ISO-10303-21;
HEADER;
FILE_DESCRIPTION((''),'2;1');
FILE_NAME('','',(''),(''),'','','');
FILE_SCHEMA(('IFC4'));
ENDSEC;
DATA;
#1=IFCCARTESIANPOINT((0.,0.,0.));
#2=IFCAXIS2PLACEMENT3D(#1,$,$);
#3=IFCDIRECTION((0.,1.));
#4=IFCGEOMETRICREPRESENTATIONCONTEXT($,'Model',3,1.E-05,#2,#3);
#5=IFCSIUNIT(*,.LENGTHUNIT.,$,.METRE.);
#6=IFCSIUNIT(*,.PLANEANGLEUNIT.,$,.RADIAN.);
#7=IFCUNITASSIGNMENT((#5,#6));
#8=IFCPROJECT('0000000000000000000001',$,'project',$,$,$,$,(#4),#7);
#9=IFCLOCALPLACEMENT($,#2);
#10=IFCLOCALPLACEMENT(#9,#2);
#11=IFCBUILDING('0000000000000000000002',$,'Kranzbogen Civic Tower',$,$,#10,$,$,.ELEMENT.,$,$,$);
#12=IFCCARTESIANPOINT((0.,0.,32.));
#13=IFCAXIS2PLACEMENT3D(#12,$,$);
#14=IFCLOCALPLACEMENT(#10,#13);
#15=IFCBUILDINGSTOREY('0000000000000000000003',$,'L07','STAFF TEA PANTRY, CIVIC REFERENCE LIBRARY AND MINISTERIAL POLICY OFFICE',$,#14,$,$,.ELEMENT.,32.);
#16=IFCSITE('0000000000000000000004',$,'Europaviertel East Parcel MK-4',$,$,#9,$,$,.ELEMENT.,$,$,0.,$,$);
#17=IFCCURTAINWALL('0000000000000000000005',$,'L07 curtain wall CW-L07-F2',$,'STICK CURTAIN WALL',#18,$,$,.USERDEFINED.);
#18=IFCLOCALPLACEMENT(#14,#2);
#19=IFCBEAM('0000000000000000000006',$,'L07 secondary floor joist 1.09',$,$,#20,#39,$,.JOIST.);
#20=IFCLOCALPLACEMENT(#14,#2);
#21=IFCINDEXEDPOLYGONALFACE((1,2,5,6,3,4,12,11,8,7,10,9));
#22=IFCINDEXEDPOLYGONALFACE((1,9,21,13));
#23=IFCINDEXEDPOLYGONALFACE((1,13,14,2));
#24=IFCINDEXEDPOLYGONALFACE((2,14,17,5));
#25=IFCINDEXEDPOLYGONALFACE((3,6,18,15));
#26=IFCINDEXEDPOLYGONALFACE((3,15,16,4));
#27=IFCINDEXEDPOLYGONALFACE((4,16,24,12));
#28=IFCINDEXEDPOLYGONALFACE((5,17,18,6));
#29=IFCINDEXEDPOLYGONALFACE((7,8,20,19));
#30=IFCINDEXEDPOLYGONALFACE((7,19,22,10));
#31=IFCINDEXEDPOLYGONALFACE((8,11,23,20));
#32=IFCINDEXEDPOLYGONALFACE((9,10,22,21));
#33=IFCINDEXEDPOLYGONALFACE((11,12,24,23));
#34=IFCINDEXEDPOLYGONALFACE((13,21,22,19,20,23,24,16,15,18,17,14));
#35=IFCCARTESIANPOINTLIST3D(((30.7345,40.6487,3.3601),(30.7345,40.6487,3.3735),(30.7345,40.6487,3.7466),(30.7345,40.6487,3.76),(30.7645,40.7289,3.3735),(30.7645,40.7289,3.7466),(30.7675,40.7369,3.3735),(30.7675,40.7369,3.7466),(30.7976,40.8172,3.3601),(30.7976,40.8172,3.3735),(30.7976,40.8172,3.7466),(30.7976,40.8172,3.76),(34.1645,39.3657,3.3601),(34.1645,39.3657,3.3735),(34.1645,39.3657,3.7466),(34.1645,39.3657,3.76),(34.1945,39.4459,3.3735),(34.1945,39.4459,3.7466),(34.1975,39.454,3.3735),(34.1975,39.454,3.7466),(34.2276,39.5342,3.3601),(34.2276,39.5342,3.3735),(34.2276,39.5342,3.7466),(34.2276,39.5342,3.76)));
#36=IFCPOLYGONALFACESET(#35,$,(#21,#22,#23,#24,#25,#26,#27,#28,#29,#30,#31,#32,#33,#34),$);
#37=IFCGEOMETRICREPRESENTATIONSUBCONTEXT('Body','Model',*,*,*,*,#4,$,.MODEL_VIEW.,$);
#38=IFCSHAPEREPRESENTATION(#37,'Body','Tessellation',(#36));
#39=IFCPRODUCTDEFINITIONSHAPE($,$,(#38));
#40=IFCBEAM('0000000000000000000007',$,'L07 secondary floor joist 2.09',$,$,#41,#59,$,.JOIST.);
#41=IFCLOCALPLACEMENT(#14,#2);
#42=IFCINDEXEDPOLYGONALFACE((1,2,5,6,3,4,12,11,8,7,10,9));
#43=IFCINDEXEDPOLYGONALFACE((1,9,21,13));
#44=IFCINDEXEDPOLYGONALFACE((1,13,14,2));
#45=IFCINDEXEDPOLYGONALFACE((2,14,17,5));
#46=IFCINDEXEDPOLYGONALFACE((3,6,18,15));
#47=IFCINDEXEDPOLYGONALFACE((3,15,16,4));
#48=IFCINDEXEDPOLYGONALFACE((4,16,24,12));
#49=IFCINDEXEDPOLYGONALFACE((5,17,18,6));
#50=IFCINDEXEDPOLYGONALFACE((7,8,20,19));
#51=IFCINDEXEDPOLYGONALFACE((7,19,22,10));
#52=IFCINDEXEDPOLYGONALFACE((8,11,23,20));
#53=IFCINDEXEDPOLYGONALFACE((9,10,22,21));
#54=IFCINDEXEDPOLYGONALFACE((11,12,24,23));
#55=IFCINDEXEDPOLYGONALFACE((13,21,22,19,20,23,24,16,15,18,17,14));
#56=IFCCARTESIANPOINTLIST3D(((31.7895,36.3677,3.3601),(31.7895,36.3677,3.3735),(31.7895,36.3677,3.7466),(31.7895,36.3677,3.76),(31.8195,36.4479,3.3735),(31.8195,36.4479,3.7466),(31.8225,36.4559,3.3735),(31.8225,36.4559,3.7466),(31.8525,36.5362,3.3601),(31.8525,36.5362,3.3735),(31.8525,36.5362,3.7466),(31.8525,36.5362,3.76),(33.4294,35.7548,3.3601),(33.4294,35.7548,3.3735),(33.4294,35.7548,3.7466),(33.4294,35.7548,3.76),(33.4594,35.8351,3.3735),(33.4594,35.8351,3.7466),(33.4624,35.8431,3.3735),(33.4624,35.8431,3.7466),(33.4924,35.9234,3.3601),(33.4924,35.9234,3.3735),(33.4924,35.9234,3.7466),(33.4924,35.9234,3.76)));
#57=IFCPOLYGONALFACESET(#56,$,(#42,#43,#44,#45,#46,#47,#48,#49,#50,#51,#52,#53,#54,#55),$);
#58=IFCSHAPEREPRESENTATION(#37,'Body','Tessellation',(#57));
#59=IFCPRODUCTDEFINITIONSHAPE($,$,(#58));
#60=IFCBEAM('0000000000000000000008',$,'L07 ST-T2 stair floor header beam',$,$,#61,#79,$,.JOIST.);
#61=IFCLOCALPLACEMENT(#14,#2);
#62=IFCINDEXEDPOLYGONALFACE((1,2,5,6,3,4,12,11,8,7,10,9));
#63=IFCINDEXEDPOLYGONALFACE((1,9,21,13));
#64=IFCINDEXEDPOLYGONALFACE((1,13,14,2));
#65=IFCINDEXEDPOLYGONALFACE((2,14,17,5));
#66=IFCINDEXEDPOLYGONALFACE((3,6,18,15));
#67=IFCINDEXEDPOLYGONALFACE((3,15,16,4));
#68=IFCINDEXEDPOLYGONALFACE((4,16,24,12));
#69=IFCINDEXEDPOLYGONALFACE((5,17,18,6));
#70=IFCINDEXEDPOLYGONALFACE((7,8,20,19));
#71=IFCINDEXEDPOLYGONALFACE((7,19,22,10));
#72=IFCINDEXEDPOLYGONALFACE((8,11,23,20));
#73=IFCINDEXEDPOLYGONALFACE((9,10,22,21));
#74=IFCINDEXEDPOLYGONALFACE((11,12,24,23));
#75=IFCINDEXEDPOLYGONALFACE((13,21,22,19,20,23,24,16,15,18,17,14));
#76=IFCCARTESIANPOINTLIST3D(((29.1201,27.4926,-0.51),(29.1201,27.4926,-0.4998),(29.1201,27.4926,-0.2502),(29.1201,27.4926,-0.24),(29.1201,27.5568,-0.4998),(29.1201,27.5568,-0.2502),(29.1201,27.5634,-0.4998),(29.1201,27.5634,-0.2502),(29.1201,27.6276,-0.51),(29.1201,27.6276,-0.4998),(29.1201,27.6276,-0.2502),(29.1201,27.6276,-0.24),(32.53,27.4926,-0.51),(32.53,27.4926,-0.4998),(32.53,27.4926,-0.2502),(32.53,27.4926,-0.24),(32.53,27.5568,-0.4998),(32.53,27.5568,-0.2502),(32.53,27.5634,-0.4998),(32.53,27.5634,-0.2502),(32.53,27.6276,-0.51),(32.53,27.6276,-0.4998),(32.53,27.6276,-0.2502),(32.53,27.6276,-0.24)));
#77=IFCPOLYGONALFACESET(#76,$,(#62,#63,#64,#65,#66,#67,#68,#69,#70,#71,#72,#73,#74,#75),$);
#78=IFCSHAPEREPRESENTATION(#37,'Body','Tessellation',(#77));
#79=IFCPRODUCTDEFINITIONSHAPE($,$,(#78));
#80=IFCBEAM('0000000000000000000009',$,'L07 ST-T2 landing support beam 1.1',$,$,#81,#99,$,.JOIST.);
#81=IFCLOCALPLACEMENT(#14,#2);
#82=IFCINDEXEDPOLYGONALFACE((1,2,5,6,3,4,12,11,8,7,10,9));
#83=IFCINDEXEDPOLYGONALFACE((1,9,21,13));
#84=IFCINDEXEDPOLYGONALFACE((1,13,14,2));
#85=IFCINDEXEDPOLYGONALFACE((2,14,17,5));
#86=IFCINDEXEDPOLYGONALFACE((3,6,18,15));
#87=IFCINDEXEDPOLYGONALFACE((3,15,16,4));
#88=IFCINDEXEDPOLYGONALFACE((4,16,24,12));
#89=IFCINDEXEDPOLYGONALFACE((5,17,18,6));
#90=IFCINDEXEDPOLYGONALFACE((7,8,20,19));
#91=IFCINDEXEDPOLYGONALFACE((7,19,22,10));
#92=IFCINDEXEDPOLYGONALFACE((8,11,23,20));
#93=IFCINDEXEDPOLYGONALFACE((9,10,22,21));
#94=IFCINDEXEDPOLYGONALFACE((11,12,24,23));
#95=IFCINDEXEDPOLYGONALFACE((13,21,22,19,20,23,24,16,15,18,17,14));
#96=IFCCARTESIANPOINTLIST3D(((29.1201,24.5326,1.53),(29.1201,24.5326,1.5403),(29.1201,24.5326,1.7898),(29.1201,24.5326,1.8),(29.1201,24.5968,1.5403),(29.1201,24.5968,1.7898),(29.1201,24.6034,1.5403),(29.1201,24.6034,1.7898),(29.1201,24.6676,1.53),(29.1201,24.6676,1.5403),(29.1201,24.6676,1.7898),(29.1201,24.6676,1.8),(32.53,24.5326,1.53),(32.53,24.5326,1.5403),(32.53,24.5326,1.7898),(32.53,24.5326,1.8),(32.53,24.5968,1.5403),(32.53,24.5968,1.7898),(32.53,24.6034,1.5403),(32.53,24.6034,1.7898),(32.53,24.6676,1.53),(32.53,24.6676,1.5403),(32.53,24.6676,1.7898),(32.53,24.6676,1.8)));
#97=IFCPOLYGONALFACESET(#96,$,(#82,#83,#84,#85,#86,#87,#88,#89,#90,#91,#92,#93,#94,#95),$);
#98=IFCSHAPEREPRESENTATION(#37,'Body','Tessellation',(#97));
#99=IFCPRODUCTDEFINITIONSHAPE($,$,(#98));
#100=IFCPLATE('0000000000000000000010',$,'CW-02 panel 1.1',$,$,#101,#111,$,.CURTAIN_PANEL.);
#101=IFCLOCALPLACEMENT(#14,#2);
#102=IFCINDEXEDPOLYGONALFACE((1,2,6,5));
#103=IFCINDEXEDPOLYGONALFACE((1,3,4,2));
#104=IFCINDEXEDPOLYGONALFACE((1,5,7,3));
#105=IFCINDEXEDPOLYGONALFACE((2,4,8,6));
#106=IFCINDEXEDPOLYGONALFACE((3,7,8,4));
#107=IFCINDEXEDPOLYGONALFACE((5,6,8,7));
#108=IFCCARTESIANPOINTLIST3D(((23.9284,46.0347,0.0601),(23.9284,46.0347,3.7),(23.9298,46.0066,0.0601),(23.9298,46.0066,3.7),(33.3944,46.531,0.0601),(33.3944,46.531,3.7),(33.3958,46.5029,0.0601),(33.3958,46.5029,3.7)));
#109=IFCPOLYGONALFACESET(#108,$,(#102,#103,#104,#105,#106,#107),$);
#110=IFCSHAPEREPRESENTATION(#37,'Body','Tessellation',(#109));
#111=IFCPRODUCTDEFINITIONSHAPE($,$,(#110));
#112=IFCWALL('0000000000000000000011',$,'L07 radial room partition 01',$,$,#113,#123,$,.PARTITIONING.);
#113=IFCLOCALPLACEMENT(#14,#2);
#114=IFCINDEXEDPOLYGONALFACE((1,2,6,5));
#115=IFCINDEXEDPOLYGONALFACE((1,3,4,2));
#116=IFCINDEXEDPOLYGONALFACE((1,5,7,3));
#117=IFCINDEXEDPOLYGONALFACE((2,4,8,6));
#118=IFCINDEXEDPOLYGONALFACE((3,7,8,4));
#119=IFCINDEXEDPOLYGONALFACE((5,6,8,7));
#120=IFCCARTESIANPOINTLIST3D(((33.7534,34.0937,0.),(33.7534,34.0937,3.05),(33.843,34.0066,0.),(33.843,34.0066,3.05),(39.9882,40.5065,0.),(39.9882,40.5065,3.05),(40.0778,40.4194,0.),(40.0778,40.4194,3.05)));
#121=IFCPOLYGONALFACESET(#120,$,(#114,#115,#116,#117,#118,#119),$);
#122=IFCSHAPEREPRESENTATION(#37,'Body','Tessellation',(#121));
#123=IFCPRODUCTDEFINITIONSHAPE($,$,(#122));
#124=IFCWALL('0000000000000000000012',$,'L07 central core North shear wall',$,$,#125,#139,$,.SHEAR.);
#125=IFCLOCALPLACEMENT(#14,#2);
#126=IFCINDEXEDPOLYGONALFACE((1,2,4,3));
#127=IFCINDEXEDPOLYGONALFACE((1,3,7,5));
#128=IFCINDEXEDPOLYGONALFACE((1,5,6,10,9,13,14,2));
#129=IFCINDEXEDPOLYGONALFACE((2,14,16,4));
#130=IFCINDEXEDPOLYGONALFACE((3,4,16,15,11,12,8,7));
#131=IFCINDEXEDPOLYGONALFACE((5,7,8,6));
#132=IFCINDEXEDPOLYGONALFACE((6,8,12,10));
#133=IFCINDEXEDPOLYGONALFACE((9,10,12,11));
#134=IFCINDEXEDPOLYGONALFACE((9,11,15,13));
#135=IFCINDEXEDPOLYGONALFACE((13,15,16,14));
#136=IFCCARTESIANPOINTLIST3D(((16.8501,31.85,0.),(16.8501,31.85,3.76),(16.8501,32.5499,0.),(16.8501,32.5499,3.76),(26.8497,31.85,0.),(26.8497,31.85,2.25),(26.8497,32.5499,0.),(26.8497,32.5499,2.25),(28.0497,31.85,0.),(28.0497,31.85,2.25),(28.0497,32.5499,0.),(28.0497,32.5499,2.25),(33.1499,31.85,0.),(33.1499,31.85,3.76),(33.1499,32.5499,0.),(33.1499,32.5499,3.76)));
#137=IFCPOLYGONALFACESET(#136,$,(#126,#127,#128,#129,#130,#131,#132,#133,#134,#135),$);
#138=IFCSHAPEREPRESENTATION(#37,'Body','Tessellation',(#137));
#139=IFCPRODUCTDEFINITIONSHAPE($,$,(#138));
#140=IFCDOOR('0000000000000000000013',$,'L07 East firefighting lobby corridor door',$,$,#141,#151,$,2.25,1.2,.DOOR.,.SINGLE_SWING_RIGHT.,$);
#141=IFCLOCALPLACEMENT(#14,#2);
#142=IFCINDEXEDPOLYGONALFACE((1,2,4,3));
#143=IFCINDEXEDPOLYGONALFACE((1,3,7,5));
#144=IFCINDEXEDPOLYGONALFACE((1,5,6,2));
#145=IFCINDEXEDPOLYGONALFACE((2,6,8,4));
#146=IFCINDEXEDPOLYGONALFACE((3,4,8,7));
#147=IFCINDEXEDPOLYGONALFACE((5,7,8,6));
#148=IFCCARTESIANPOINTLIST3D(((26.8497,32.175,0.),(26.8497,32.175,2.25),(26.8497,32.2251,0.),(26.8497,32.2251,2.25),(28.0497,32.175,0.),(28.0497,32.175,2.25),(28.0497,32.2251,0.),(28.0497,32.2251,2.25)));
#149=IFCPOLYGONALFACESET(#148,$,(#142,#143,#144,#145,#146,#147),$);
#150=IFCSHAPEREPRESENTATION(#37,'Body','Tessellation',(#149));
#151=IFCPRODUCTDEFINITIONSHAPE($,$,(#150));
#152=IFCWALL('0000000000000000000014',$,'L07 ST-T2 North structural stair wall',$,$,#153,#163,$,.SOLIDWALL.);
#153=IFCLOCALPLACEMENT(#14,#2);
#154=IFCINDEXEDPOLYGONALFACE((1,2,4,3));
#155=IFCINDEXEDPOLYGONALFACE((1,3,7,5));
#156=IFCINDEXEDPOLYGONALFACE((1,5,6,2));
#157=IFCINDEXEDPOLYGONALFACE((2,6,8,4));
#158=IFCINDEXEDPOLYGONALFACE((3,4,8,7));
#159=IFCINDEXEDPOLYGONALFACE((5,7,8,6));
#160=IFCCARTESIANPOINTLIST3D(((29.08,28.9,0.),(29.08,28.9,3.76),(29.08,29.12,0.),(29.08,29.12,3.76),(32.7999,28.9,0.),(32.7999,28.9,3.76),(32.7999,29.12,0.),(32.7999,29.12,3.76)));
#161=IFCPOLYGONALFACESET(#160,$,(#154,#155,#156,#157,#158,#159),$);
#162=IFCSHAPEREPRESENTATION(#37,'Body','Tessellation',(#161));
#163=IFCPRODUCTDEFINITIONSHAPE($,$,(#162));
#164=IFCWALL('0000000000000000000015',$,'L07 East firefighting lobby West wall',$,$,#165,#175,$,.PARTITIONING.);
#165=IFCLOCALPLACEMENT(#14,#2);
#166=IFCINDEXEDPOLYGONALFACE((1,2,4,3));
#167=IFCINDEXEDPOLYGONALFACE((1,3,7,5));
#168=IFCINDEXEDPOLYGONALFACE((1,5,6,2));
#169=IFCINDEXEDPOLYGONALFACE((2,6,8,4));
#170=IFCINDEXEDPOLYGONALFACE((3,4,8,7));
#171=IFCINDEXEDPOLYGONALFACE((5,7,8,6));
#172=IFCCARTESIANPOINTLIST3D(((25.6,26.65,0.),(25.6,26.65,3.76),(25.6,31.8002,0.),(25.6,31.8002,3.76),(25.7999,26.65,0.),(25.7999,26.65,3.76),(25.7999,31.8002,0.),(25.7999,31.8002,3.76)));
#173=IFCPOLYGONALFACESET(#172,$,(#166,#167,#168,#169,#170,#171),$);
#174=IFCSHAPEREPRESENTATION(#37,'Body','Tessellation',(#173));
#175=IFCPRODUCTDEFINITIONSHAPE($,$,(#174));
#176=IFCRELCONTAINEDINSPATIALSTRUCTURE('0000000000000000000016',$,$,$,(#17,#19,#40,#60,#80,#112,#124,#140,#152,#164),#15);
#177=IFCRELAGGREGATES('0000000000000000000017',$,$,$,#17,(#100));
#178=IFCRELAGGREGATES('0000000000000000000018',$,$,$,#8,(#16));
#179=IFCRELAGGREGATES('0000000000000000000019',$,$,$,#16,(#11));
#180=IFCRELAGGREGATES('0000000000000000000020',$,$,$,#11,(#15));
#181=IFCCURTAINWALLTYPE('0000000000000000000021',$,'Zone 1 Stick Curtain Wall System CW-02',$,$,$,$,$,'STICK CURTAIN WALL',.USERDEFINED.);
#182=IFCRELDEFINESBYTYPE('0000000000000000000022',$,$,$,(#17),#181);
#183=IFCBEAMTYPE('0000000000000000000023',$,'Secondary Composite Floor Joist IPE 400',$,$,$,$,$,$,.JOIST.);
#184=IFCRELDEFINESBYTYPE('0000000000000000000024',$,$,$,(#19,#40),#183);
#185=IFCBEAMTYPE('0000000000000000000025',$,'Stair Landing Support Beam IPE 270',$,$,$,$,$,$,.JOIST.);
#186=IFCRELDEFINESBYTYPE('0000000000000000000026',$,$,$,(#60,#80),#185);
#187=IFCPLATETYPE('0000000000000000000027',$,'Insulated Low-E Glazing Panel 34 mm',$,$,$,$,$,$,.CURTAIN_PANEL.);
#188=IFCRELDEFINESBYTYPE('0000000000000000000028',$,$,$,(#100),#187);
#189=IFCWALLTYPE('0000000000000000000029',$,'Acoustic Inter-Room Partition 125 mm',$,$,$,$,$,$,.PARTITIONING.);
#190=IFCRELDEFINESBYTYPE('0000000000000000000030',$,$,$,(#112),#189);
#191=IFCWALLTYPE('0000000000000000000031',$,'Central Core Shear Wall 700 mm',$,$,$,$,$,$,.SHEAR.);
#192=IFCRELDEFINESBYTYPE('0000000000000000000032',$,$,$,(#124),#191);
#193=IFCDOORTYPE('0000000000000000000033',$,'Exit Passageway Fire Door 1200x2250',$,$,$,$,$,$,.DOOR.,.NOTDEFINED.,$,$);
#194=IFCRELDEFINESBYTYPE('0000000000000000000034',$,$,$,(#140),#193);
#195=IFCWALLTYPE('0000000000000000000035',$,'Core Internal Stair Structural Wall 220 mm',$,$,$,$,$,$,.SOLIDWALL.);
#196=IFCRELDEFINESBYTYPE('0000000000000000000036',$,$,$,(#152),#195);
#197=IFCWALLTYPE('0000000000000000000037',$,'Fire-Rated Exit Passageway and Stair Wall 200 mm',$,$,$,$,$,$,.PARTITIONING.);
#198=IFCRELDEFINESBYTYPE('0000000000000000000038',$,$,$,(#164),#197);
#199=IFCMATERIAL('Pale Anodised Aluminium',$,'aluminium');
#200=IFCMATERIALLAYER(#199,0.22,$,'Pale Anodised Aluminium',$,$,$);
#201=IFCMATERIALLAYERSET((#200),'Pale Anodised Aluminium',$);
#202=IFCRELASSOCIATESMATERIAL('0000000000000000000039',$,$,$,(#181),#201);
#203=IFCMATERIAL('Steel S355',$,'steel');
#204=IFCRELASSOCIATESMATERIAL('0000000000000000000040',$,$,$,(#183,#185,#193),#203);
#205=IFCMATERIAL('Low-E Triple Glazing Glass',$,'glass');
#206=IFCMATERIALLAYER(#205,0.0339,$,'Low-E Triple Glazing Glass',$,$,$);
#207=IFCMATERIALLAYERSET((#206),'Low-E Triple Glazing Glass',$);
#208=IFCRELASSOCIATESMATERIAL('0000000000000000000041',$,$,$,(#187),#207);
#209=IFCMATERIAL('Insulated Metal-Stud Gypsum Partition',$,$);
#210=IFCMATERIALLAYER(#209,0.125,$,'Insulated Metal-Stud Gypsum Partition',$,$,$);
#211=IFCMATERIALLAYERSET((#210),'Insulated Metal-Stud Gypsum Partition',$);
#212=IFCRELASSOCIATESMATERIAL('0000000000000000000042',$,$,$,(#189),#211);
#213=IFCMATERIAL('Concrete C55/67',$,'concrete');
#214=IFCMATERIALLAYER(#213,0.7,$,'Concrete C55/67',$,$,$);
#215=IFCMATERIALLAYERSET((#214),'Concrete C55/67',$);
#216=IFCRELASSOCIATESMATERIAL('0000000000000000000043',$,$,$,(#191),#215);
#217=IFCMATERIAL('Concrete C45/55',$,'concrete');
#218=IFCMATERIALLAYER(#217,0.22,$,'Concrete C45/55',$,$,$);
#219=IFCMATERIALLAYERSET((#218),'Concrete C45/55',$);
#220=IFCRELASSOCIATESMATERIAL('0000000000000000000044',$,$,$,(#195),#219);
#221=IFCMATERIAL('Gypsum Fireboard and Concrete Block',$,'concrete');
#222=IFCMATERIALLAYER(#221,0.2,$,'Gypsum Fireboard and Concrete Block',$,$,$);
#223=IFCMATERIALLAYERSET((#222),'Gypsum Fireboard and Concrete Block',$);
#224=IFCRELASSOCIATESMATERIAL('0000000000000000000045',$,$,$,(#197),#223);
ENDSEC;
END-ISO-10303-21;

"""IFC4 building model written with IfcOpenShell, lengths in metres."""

from ifc_helpers import new_model, si_unit, direction, frame, frame_2d, origin, origin_2d, place, context, subcontext, project, spatial, rectangle, i_section, extrude, material, layer, layer_set, material_profile, profile_set, type_object, element, fill, aggregate, save


model = new_model("IFC4")

# Units and contexts
model_context = context("Model", 3, precision=1e-05, world=origin(), true_north=direction((0.0, 1.0)))
body_context = subcontext(model_context, "Body", "Model", "MODEL_VIEW")
ifc_project = project(units=[si_unit("LENGTHUNIT", "METRE"), si_unit("PLANEANGLEUNIT", "RADIAN")], contexts=[model_context])

# Site, building, storey
site_placement = place(None, origin())
site = spatial("IfcSite", under=ifc_project, at=site_placement, Name="Europaviertel East Parcel MK-4", CompositionType="ELEMENT", RefElevation=0.0)
building_placement = place(site_placement, origin())
building = spatial("IfcBuilding", under=site, at=building_placement, Name="Kranzbogen Civic Tower", CompositionType="ELEMENT")
storey_placement = place(building_placement, frame((0.0, 0.0, 32.0)))
storey = spatial("IfcBuildingStorey", under=building, at=storey_placement, Name="L07", Description="STAFF TEA PANTRY, CIVIC REFERENCE LIBRARY AND MINISTERIAL POLICY OFFICE", CompositionType="ELEMENT", Elevation=32.0)

# Curtain wall
ifc_material_1 = material(Name="Pale Anodised Aluminium", Category="aluminium")
ifc_layer_1 = layer(ifc_material_1, 0.22, Name="Pale Anodised Aluminium")
ifc_layer_set_1 = layer_set([ifc_layer_1], Name="Pale Anodised Aluminium")
curtain_wall_type = type_object("IfcCurtainWallType", Name="Zone 1 Stick Curtain Wall System CW-02", ElementType="STICK CURTAIN WALL", PredefinedType="USERDEFINED", material=ifc_layer_set_1)
curtain_wall_placement = place(storey_placement, origin())
curtain_wall = element("IfcCurtainWall", 1, at=curtain_wall_placement, inside=storey, type_object=curtain_wall_type, Name="L07 curtain wall CW-L07-F2", ObjectType="STICK CURTAIN WALL", PredefinedType="USERDEFINED")

# Beams
ifc_material_2 = material(Name="Steel S355", Category="steel")
ifc_material_profile_1 = material_profile(ifc_material_2, i_section(OverallWidth=0.1799, OverallDepth=0.3999, WebThickness=0.0085, FlangeThickness=0.0134, at=origin_2d()), Name="IPE 400")
ifc_profile_set_1 = profile_set([ifc_material_profile_1], Name="Steel S355")
beam_type_1 = type_object("IfcBeamType", Name="Secondary Composite Floor Joist IPE 400", PredefinedType="JOIST", material=ifc_profile_set_1)
beam_1_placement = place(storey_placement, frame((34.196, 39.45, 3.5601), z_axis=(-0.936622, 0.350342, 0.0), x_axis=(-0.350342, -0.936622, 0.0)))
element("IfcBeam", 2, at=beam_1_placement, inside=storey, type_object=beam_type_1, Name="L07 secondary floor joist 1.09", PredefinedType="JOIST", context=body_context, shape_type="SweptSolid", body=[
    extrude(i_section(OverallWidth=0.1799, OverallDepth=0.3999, WebThickness=0.0085, FlangeThickness=0.0134, at=origin_2d()), origin(), (0.0, 0.0, 1.0), 3.6621),
])
beam_2_placement = place(storey_placement, frame((33.4609, 35.8391, 3.5601), z_axis=(-0.936735, 0.350038, 0.0), x_axis=(-0.350038, -0.936735, 0.0)))
element("IfcBeam", 3, at=beam_2_placement, inside=storey, type_object=beam_type_1, Name="L07 secondary floor joist 2.09", PredefinedType="JOIST", context=body_context, shape_type="SweptSolid", body=[
    extrude(i_section(OverallWidth=0.1799, OverallDepth=0.3999, WebThickness=0.0085, FlangeThickness=0.0134, at=origin_2d()), origin(), (0.0, 0.0, 1.0), 1.7507),
])
ifc_material_profile_2 = material_profile(ifc_material_2, i_section(OverallWidth=0.135, OverallDepth=0.27, WebThickness=0.0066, FlangeThickness=0.0103, at=origin_2d()), Name="IPE 270")
ifc_profile_set_2 = profile_set([ifc_material_profile_2], Name="Steel S355")
beam_type_2 = type_object("IfcBeamType", Name="Stair Landing Support Beam IPE 270", PredefinedType="JOIST", material=ifc_profile_set_2)
for number, where, z_axis, x_axis, name in (
    (4, (29.1201, 27.5601, -0.375), (1.0, 0.0, 0.0), (0.0, 1.0, 0.0), "L07 ST-T2 stair floor header beam"),
    (5, (29.1201, 24.6001, 1.665), (1.0, 0.0, 0.0), (0.0, 1.0, 0.0), "L07 ST-T2 landing support beam 1.1"),
):
    element("IfcBeam", number, at=place(storey_placement, frame(where, z_axis=z_axis, x_axis=x_axis)), inside=storey, type_object=beam_type_2, Name=name, PredefinedType="JOIST", context=body_context, shape_type="SweptSolid", body=[
        extrude(i_section(OverallWidth=0.135, OverallDepth=0.27, WebThickness=0.0066, FlangeThickness=0.0103, at=origin_2d()), origin(), (0.0, 0.0, 1.0), 3.4099),
    ])

# Plate
ifc_material_3 = material(Name="Low-E Triple Glazing Glass", Category="glass")
ifc_layer_2 = layer(ifc_material_3, 0.0339, Name="Low-E Triple Glazing Glass")
ifc_layer_set_2 = layer_set([ifc_layer_2], Name="Low-E Triple Glazing Glass")
plate_type = type_object("IfcPlateType", Name="Insulated Low-E Glazing Panel 34 mm", PredefinedType="CURTAIN_PANEL", material=ifc_layer_set_2)
plate_placement = place(storey_placement, frame((28.6621, 46.2688, 0.0601), z_axis=(0.0, 0.0, 1.0), x_axis=(-0.998628, -0.052356, 0.0)))
plate = element("IfcPlate", 6, at=plate_placement, type_object=plate_type, Name="CW-02 panel 1.1", PredefinedType="CURTAIN_PANEL", context=body_context, shape_type="SweptSolid", body=[
    extrude(rectangle(XDim=9.479, YDim=0.0281, at=origin_2d()), origin(), (0.0, 0.0, 1.0), 3.6399),
])
aggregate(curtain_wall, [plate])

# Wall
ifc_material_4 = material(Name="Insulated Metal-Stud Gypsum Partition")
ifc_layer_3 = layer(ifc_material_4, 0.125, Name="Insulated Metal-Stud Gypsum Partition")
ifc_layer_set_3 = layer_set([ifc_layer_3], Name="Insulated Metal-Stud Gypsum Partition")
wall_type_1 = type_object("IfcWallType", Name="Acoustic Inter-Room Partition 125 mm", PredefinedType="PARTITIONING", material=ifc_layer_set_3)
wall_1_placement = place(storey_placement, frame((33.7981, 34.05, 0.0), z_axis=(0.0, 0.0, 1.0), x_axis=(0.697087, 0.716986, 0.0)))
element("IfcWall", 7, at=wall_1_placement, inside=storey, type_object=wall_type_1, Name="L07 radial room partition 01", PredefinedType="PARTITIONING", context=body_context, shape_type="SweptSolid", body=[
    extrude(rectangle(XDim=8.9441, YDim=0.125, at=frame_2d((4.4722, 0.0))), origin(), (0.0, 0.0, 1.0), 3.05),
])

# Wall, opening, door
ifc_material_5 = material(Name="Concrete C55/67", Category="concrete")
ifc_layer_4 = layer(ifc_material_5, 0.7, Name="Concrete C55/67")
ifc_layer_set_4 = layer_set([ifc_layer_4], Name="Concrete C55/67")
wall_type_2 = type_object("IfcWallType", Name="Central Core Shear Wall 700 mm", PredefinedType="SHEAR", material=ifc_layer_set_4)
wall_2_placement = place(storey_placement, frame((33.1499, 32.2, 0.0), z_axis=(0.0, 0.0, 1.0), x_axis=(-1.0, 0.0, 0.0)))
wall_2 = element("IfcWall", 8, at=wall_2_placement, inside=storey, type_object=wall_type_2, Name="L07 central core North shear wall", PredefinedType="SHEAR", context=body_context, shape_type="SweptSolid", body=[
    extrude(rectangle(XDim=16.2998, YDim=0.7, at=frame_2d((8.1499, 0.0))), origin(), (0.0, 0.0, 1.0), 3.76),
])
opening_1_placement = place(wall_2_placement, frame((5.1001, 0.0, 0.0)))
opening_1 = element("IfcOpeningElement", 9, at=opening_1_placement, cuts=wall_2, PredefinedType="OPENING", context=body_context, shape_type="SweptSolid", body=[
    extrude(rectangle(XDim=1.2, YDim=2.25, at=frame_2d((0.6001, 1.125))), frame((0.0, 0.3599, 0.0), z_axis=(0.0, -1.0, 0.0), x_axis=(1.0, 0.0, 0.0)), (0.0, 0.0, 1.0), 0.72),
])
door_type_1 = type_object("IfcDoorType", Name="Exit Passageway Fire Door 1200x2250", OperationType="NOTDEFINED", PredefinedType="DOOR", material=ifc_material_2)
door_1_placement = place(opening_1_placement, origin())
door_1 = element("IfcDoor", 10, at=door_1_placement, inside=storey, type_object=door_type_1, Name="L07 East firefighting lobby corridor door", OperationType="SINGLE_SWING_RIGHT", OverallHeight=2.25, OverallWidth=1.2, PredefinedType="DOOR", context=body_context, shape_type="SweptSolid", body=[
    extrude(rectangle(XDim=1.2, YDim=2.25, at=frame_2d((0.6001, 1.125))), frame((0.0, 0.0249, 0.0), z_axis=(0.0, -1.0, 0.0), x_axis=(1.0, 0.0, 0.0)), (0.0, 0.0, 1.0), 0.05),
])
fill(opening_1, door_1)

# Walls
ifc_material_6 = material(Name="Concrete C45/55", Category="concrete")
ifc_layer_5 = layer(ifc_material_6, 0.22, Name="Concrete C45/55")
ifc_layer_set_5 = layer_set([ifc_layer_5], Name="Concrete C45/55")
wall_type_3 = type_object("IfcWallType", Name="Core Internal Stair Structural Wall 220 mm", PredefinedType="SOLIDWALL", material=ifc_layer_set_5)
wall_3_placement = place(storey_placement, frame((29.0801, 29.01, 0.0), z_axis=(0.0, 0.0, 1.0), x_axis=(1.0, 0.0, 0.0)))
element("IfcWall", 11, at=wall_3_placement, inside=storey, type_object=wall_type_3, Name="L07 ST-T2 North structural stair wall", PredefinedType="SOLIDWALL", context=body_context, shape_type="SweptSolid", body=[
    extrude(rectangle(XDim=3.72, YDim=0.22, at=frame_2d((1.8599, 0.0))), origin(), (0.0, 0.0, 1.0), 3.76),
])
ifc_material_7 = material(Name="Gypsum Fireboard and Concrete Block", Category="concrete")
ifc_layer_6 = layer(ifc_material_7, 0.2, Name="Gypsum Fireboard and Concrete Block")
ifc_layer_set_6 = layer_set([ifc_layer_6], Name="Gypsum Fireboard and Concrete Block")
wall_type_4 = type_object("IfcWallType", Name="Fire-Rated Exit Passageway and Stair Wall 200 mm", PredefinedType="PARTITIONING", material=ifc_layer_set_6)
wall_4_placement = place(storey_placement, frame((25.7, 26.6499, 0.0), z_axis=(0.0, 0.0, 1.0), x_axis=(0.0, 1.0, 0.0)))
element("IfcWall", 12, at=wall_4_placement, inside=storey, type_object=wall_type_4, Name="L07 East firefighting lobby West wall", PredefinedType="PARTITIONING", context=body_context, shape_type="SweptSolid", body=[
    extrude(rectangle(XDim=5.1501, YDim=0.2, at=frame_2d((2.5752, 0.0))), origin(), (0.0, 0.0, 1.0), 3.76),
])

save(model, "model.ifc")
